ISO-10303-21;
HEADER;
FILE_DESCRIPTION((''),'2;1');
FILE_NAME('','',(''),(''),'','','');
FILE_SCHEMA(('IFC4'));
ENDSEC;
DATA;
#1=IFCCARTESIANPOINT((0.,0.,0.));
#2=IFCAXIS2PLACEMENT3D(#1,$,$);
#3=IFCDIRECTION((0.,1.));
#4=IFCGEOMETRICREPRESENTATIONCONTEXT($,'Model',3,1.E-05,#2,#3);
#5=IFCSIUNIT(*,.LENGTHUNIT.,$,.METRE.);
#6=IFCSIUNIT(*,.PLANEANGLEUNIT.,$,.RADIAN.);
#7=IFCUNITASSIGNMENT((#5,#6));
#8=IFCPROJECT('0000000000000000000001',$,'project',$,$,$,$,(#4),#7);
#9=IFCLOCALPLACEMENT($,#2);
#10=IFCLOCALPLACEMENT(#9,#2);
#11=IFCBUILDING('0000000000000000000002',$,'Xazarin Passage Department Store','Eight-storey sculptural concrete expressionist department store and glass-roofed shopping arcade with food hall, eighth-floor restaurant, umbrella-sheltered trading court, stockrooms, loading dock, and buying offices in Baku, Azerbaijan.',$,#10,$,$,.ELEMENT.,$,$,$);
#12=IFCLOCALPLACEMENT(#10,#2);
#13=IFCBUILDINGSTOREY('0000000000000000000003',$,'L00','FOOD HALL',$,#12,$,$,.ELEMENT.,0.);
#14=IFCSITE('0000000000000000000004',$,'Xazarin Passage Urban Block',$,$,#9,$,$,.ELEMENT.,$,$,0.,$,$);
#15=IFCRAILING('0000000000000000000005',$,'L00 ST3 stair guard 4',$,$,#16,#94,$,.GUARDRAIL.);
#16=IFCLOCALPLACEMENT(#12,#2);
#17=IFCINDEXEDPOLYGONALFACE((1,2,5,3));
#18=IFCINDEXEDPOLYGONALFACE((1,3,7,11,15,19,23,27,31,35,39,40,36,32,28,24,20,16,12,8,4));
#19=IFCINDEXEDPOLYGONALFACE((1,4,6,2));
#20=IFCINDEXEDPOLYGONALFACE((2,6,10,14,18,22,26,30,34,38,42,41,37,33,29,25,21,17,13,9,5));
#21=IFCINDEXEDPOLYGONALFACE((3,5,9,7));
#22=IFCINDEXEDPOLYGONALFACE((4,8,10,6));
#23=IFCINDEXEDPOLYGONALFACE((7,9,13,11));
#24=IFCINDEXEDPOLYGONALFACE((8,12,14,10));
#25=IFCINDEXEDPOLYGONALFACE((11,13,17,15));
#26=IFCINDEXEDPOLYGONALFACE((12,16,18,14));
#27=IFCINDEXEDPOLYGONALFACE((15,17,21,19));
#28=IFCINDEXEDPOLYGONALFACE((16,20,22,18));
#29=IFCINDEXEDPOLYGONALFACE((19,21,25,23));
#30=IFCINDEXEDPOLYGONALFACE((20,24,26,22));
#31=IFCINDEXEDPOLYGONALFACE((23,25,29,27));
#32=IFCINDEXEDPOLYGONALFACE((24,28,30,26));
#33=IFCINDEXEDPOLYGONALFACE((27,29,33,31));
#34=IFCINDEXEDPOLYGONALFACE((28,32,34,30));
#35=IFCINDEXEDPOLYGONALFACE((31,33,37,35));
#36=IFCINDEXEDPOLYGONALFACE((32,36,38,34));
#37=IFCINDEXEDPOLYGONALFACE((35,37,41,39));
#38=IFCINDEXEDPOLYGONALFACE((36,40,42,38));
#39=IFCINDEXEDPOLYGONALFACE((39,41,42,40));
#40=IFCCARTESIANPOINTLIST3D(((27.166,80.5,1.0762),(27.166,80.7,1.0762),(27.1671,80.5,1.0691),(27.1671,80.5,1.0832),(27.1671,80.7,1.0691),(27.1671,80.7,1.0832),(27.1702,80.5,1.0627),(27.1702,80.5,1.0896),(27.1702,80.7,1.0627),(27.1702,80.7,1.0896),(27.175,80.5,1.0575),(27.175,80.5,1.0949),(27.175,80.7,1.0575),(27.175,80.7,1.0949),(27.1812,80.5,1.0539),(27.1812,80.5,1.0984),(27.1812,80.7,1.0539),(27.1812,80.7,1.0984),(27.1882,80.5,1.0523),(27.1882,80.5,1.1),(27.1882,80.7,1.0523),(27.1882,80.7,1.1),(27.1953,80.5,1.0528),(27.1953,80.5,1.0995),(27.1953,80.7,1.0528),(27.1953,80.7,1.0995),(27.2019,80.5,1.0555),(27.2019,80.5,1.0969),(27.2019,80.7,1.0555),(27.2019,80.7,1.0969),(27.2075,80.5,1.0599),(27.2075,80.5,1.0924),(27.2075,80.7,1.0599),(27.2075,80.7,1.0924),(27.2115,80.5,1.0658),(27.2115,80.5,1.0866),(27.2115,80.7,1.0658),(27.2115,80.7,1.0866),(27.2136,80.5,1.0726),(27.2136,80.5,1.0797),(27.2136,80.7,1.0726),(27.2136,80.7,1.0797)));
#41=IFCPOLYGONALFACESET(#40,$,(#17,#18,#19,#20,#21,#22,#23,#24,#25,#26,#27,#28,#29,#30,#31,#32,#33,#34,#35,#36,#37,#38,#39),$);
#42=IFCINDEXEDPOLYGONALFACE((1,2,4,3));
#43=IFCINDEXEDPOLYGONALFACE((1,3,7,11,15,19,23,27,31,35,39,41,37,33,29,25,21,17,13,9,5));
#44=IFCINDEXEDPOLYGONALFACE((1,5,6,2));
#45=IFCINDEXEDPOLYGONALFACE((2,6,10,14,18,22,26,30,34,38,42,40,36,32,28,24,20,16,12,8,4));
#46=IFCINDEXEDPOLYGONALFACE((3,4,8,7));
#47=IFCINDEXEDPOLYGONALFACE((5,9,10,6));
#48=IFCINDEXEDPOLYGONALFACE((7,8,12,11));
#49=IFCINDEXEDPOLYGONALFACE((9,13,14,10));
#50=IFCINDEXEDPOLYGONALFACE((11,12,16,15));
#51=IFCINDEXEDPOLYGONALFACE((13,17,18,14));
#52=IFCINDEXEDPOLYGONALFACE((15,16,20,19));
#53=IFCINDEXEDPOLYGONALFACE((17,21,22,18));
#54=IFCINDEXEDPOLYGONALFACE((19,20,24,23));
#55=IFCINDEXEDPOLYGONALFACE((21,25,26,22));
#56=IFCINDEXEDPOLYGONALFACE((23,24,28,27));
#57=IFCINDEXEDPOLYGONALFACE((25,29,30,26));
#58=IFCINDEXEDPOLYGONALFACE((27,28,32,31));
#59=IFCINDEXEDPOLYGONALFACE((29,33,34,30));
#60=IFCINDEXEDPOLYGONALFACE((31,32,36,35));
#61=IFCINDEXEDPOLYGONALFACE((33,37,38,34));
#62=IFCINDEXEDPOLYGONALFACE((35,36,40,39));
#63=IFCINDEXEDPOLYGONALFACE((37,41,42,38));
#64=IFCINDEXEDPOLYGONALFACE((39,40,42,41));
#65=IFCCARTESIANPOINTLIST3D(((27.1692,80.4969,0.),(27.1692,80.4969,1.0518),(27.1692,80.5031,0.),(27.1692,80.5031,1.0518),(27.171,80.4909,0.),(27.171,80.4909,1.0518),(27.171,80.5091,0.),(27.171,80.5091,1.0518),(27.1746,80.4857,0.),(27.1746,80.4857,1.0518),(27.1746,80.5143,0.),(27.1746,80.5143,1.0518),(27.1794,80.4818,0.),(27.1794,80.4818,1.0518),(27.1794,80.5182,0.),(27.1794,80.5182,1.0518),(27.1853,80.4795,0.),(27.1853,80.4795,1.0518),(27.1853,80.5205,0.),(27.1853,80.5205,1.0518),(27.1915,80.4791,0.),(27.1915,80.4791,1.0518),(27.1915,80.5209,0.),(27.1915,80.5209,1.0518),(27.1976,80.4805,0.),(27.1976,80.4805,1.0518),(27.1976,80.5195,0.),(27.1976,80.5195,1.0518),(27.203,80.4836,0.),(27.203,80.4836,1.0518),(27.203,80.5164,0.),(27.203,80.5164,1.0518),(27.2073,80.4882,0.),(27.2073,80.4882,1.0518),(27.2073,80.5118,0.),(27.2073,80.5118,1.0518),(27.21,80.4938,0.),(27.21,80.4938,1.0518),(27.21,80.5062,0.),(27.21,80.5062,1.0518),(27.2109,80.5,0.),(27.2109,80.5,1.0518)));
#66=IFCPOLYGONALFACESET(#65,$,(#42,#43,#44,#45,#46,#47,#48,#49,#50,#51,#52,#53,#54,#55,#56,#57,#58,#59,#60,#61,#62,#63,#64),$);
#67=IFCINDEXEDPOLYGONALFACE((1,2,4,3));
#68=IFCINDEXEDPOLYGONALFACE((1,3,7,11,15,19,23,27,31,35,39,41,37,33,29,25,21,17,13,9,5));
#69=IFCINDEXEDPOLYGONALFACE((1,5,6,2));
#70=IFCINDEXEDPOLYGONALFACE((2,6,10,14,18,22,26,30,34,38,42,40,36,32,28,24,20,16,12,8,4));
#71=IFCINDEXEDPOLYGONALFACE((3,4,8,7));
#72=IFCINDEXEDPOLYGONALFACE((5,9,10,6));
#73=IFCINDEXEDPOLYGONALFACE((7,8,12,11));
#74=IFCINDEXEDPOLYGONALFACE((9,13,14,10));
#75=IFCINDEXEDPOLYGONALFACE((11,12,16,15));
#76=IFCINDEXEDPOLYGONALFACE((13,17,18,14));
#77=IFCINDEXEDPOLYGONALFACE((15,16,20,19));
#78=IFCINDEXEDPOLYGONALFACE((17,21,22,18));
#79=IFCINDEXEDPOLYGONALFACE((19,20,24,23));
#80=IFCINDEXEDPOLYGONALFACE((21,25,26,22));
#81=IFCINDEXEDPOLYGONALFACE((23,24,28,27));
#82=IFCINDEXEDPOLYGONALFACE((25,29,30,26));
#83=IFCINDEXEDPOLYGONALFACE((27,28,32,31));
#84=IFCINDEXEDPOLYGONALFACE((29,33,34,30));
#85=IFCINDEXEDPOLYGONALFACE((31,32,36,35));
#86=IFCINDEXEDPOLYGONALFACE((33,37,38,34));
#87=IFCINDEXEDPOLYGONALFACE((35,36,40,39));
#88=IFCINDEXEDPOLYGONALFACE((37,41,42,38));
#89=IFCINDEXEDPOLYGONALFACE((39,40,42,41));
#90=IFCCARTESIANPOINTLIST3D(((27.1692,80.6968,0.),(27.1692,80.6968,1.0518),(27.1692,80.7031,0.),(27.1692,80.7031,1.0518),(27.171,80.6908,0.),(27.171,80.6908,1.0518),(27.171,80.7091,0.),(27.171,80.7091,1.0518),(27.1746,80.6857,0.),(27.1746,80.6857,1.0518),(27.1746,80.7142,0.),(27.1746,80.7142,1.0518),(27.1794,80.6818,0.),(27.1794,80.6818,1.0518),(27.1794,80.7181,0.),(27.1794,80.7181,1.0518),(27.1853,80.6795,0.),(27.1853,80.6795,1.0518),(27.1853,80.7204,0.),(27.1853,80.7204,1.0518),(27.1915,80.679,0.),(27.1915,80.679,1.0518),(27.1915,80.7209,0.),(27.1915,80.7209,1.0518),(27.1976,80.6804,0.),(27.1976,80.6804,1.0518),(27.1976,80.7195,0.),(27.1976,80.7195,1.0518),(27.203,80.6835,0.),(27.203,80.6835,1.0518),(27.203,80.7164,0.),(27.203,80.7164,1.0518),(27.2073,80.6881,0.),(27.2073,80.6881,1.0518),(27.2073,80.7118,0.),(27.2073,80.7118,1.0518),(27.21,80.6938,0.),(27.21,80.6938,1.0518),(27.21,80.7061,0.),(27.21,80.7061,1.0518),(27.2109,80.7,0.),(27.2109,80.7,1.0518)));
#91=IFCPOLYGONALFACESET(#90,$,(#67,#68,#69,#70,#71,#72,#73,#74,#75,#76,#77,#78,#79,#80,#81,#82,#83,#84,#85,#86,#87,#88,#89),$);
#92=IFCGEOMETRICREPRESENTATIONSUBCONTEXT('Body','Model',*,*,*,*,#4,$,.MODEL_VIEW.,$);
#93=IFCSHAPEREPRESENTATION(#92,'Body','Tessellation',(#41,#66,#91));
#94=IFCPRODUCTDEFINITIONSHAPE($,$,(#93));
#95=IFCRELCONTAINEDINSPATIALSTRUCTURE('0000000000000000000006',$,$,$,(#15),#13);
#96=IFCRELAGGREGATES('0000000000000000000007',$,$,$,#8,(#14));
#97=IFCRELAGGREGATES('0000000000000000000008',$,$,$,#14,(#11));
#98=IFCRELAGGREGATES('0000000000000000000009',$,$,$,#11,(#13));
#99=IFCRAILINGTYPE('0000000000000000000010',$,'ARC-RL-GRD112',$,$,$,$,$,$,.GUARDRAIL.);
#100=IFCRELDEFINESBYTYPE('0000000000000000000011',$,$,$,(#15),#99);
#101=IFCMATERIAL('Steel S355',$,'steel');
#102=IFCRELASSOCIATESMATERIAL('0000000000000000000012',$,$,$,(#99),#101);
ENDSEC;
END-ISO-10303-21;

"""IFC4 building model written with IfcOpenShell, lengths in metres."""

from ifc_helpers import new_model, si_unit, direction, frame, origin, origin_2d, place, context, subcontext, project, spatial, circle, extrude, material, type_object, element, save


model = new_model("IFC4")

# Units and contexts
model_context = context("Model", 3, precision=1e-05, world=origin(), true_north=direction((0.0, 1.0)))
body_context = subcontext(model_context, "Body", "Model", "MODEL_VIEW")
ifc_project = project(units=[si_unit("LENGTHUNIT", "METRE"), si_unit("PLANEANGLEUNIT", "RADIAN")], contexts=[model_context])

# Site, building, storey
site_placement = place(None, origin())
site = spatial("IfcSite", under=ifc_project, at=site_placement, Name="Xazarin Passage Urban Block", CompositionType="ELEMENT", RefElevation=0.0)
building_placement = place(site_placement, origin())
building = spatial("IfcBuilding", under=site, at=building_placement, Name="Xazarin Passage Department Store", Description="Eight-storey sculptural concrete expressionist department store and glass-roofed shopping arcade with food hall, eighth-floor restaurant, umbrella-sheltered trading court, stockrooms, loading dock, and buying offices in Baku, Azerbaijan.", CompositionType="ELEMENT")
storey_placement = place(building_placement, origin())
storey = spatial("IfcBuildingStorey", under=building, at=storey_placement, Name="L00", Description="FOOD HALL", CompositionType="ELEMENT", Elevation=0.0)

# Shared definitions
ifc_material_1 = material(Name="Steel S355", Category="steel")

# Railing
railing_type_1 = type_object("IfcRailingType", Name="ARC-RL-GRD112", PredefinedType="GUARDRAIL", material=ifc_material_1)
railing_1_placement = place(storey_placement, frame((27.1899, 80.5, 0.0)))
element("IfcRailing", 1, at=railing_1_placement, inside=storey, type_object=railing_type_1, Name="L00 ST3 stair guard 4", PredefinedType="GUARDRAIL", context=body_context, shape_type="SweptSolid", body=[
    extrude(circle(Radius=0.0239, at=origin_2d()), frame((0.0, 0.0, 1.0762), z_axis=(0.0, 1.0, 0.0), x_axis=(-1.0, 0.0, 0.0)), (0.0, 0.0, 1.0), 0.2),
    extrude(circle(Radius=0.021, at=origin_2d()), origin(), (0.0, 0.0, 1.0), 1.0518),
    extrude(circle(Radius=0.021, at=origin_2d()), frame((0.0, 0.2, 0.0)), (0.0, 0.0, 1.0), 1.0518),
])

save(model, "model.ifc")
